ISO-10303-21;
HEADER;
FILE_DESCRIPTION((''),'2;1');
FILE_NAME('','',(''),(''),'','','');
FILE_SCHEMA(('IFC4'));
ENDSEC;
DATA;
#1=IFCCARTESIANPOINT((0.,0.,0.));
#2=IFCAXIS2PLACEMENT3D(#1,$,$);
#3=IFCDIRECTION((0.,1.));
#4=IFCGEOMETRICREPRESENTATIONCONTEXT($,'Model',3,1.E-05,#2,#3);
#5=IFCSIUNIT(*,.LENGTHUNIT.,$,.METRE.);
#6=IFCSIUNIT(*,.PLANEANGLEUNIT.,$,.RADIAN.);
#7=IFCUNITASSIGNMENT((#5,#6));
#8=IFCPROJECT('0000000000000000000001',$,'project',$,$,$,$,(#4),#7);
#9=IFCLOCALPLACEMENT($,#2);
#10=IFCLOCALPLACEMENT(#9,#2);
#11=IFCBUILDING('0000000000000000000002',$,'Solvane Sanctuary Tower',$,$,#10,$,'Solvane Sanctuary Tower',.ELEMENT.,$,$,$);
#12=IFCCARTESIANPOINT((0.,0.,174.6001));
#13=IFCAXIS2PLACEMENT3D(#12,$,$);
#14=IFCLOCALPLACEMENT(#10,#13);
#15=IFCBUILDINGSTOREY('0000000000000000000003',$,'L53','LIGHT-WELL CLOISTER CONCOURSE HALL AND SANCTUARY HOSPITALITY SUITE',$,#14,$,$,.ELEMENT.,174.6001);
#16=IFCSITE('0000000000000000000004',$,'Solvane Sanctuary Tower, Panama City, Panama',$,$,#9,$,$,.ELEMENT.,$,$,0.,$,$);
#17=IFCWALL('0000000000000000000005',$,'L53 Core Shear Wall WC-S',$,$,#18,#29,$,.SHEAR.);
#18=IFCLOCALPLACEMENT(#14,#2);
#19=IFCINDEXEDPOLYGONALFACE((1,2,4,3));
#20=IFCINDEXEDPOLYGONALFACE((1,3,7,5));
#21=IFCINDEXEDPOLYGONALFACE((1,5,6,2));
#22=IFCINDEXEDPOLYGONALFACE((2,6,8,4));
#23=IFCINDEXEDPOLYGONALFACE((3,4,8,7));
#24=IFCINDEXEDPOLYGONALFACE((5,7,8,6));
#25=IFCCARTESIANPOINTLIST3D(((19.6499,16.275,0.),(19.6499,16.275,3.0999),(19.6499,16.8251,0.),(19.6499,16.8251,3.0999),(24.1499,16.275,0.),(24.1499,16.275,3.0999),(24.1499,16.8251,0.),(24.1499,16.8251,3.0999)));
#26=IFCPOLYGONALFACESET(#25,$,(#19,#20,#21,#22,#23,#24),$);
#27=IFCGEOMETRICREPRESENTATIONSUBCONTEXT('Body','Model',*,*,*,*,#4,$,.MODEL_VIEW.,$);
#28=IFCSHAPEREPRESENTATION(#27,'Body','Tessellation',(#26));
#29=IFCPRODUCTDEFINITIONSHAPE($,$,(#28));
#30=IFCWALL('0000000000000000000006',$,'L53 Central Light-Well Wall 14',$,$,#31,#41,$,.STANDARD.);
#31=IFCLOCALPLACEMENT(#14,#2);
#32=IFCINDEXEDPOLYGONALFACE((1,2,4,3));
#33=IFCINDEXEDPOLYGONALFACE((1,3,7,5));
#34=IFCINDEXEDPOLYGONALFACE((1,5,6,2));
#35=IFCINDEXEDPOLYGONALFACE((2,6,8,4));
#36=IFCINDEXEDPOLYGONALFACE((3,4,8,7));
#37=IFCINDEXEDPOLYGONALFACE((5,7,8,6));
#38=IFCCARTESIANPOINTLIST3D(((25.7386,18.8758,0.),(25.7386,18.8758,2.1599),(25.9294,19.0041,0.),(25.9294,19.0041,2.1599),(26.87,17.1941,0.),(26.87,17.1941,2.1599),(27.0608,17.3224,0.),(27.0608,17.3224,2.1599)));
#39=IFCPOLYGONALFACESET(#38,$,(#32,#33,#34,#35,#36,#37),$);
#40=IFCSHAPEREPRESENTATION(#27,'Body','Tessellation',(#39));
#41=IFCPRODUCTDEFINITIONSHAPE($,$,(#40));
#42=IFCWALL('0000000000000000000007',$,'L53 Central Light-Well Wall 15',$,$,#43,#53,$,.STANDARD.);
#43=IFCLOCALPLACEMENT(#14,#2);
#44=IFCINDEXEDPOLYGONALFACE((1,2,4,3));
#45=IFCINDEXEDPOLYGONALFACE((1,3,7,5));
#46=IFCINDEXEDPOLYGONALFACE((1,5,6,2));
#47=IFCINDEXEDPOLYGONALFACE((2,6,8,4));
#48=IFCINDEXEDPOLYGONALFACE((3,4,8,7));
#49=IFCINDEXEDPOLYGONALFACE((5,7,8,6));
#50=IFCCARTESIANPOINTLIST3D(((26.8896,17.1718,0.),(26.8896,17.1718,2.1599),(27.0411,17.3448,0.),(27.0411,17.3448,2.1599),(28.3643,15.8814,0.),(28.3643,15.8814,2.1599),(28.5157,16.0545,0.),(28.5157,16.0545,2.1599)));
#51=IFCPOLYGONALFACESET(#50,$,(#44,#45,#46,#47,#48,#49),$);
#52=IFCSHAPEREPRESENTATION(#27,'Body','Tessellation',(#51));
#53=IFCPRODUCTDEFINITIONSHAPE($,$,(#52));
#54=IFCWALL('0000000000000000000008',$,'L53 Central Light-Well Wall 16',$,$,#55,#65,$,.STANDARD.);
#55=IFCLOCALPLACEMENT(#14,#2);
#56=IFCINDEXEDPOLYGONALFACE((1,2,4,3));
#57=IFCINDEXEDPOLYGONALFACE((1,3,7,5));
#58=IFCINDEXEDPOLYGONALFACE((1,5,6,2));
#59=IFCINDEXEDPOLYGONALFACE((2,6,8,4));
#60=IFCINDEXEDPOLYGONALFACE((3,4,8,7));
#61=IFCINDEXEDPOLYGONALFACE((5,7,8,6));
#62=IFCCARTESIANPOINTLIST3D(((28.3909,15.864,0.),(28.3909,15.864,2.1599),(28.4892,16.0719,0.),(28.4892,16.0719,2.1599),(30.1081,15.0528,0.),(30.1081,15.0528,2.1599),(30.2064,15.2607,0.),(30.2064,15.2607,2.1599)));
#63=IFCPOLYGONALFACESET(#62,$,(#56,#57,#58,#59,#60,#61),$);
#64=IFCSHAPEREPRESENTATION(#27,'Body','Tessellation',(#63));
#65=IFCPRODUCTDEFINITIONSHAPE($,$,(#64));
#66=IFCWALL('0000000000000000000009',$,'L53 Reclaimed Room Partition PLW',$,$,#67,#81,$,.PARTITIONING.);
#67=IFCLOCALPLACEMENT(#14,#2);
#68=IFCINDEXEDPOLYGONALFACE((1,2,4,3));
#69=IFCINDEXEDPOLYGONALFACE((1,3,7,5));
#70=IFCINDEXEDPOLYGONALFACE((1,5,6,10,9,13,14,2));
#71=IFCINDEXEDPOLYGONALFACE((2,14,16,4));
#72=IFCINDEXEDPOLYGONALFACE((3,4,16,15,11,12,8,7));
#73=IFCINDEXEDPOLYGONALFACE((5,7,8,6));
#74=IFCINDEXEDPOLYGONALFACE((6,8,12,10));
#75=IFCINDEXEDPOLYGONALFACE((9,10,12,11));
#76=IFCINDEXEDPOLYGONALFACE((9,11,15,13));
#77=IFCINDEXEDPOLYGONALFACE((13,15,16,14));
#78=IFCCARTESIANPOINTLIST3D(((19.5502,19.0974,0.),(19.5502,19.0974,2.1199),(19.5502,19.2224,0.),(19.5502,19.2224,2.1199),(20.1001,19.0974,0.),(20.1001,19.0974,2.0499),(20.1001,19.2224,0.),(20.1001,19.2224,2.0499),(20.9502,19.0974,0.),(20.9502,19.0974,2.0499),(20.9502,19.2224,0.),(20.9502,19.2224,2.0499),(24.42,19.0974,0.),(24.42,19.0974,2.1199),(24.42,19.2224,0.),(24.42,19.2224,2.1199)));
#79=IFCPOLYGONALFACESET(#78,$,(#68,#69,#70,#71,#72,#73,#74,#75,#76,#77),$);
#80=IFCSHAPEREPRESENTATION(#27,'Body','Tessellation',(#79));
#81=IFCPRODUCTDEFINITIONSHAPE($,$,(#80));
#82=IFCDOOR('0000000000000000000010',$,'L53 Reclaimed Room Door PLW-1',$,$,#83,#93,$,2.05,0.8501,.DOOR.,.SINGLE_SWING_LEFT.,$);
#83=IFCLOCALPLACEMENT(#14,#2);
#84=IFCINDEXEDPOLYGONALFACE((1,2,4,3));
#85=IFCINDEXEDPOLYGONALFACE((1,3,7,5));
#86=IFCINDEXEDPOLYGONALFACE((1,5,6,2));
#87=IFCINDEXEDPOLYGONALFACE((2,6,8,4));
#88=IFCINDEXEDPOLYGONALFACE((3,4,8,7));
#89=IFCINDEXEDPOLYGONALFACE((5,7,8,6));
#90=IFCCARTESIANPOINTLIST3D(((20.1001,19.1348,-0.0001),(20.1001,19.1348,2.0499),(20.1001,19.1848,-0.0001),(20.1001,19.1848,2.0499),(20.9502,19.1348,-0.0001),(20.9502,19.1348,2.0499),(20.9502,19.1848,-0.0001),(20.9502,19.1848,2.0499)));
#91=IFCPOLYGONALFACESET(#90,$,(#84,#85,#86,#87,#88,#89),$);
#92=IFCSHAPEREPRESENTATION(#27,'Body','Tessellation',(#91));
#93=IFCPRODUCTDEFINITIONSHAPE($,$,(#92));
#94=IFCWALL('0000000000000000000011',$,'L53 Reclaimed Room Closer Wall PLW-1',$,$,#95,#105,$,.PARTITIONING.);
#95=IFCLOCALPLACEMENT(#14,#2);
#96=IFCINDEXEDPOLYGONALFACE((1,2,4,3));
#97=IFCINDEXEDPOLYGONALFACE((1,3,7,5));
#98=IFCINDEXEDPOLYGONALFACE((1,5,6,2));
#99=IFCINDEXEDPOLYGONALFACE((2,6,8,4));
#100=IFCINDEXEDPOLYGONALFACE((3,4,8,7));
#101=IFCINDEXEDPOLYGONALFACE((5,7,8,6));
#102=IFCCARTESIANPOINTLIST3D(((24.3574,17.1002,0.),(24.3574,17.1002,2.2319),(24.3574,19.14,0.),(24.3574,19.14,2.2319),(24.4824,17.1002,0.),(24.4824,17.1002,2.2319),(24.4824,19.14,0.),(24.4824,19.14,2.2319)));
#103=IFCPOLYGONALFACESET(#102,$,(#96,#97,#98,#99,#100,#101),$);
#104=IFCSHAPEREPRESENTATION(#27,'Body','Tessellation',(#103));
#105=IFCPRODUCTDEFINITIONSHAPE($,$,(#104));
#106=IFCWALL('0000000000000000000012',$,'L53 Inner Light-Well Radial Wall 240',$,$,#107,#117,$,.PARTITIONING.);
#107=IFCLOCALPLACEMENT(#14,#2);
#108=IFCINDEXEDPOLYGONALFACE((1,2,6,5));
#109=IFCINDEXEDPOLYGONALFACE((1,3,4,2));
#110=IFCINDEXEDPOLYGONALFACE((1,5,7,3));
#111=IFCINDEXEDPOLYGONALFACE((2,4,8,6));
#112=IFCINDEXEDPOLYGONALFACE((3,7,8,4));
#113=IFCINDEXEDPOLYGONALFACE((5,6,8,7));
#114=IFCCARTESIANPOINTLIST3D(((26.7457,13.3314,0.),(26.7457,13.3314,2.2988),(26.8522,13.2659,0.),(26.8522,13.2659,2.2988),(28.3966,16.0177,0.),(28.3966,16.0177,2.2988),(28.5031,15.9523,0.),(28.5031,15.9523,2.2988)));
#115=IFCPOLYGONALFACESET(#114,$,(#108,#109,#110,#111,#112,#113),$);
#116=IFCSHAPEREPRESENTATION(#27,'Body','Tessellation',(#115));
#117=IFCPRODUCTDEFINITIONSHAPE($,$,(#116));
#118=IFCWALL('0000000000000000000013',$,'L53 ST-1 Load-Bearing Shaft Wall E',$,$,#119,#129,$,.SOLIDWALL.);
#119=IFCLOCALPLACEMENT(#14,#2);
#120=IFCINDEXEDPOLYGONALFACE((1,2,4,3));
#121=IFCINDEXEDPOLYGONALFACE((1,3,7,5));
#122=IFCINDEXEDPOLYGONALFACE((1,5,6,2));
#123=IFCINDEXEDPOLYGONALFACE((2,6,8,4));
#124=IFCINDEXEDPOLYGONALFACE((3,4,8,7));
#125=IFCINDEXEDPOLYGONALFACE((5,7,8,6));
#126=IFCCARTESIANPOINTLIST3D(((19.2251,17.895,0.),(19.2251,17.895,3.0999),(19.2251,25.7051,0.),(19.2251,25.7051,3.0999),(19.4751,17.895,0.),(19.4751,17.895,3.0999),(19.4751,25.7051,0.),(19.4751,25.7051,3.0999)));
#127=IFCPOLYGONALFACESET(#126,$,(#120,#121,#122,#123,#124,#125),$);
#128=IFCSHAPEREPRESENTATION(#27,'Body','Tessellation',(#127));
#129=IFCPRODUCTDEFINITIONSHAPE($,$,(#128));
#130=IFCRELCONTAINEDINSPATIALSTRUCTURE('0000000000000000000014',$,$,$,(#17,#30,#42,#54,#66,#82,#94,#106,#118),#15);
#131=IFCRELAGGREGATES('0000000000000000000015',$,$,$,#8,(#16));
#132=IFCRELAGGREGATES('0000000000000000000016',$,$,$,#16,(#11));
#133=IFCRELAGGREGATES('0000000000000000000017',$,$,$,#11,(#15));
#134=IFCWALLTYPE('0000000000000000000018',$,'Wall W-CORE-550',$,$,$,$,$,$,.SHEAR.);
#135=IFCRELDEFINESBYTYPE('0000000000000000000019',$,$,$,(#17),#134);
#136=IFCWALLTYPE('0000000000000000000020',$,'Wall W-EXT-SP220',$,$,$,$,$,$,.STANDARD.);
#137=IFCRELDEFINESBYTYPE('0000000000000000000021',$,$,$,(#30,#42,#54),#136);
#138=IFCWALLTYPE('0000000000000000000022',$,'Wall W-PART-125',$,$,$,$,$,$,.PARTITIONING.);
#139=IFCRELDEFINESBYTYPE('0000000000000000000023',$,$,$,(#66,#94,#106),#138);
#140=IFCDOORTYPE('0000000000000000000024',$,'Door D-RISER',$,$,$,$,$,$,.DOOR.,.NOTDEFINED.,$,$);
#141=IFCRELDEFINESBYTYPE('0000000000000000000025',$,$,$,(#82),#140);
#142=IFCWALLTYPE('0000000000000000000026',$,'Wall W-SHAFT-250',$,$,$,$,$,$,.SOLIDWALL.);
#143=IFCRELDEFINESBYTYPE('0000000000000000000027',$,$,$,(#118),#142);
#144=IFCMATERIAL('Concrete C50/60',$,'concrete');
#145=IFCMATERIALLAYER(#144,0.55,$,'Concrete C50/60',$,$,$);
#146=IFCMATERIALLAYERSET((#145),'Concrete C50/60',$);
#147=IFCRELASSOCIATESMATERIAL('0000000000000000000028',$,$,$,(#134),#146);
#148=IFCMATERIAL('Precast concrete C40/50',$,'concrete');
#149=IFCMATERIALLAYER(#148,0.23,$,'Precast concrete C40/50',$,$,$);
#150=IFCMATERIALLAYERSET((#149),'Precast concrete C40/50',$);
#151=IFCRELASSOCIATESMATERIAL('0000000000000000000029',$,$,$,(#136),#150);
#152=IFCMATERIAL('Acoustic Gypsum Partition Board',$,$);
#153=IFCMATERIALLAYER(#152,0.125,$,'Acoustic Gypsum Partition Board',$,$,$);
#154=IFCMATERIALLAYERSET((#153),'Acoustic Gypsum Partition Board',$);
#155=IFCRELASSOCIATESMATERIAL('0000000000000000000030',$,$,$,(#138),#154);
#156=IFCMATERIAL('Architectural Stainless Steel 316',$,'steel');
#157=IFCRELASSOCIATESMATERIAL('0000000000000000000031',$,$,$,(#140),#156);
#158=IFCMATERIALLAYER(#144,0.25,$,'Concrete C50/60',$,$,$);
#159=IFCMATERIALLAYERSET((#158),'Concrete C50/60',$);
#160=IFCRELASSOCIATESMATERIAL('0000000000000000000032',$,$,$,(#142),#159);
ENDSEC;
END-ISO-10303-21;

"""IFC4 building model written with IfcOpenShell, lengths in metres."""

from ifc_helpers import new_model, si_unit, direction, frame, frame_2d, origin, place, context, subcontext, project, spatial, rectangle, extrude, material, layer, layer_set, type_object, element, fill, save


model = new_model("IFC4")

# Units and contexts
model_context = context("Model", 3, precision=1e-05, world=origin(), true_north=direction((0.0, 1.0)))
body_context = subcontext(model_context, "Body", "Model", "MODEL_VIEW")
ifc_project = project(units=[si_unit("LENGTHUNIT", "METRE"), si_unit("PLANEANGLEUNIT", "RADIAN")], contexts=[model_context])

# Site, building, storey
site_placement = place(None, origin())
site = spatial("IfcSite", under=ifc_project, at=site_placement, Name="Solvane Sanctuary Tower, Panama City, Panama", CompositionType="ELEMENT", RefElevation=0.0)
building_placement = place(site_placement, origin())
building = spatial("IfcBuilding", under=site, at=building_placement, Name="Solvane Sanctuary Tower", LongName="Solvane Sanctuary Tower", CompositionType="ELEMENT")
storey_placement = place(building_placement, frame((0.0, 0.0, 174.6001)))
storey = spatial("IfcBuildingStorey", under=building, at=storey_placement, Name="L53", Description="LIGHT-WELL CLOISTER CONCOURSE HALL AND SANCTUARY HOSPITALITY SUITE", CompositionType="ELEMENT", Elevation=174.6001)

# Shared definitions
ifc_material_1 = material(Name="Concrete C50/60", Category="concrete")

# Walls
ifc_layer_1 = layer(ifc_material_1, 0.55, Name="Concrete C50/60")
ifc_layer_set_1 = layer_set([ifc_layer_1], Name="Concrete C50/60")
wall_type_1 = type_object("IfcWallType", Name="Wall W-CORE-550", PredefinedType="SHEAR", material=ifc_layer_set_1)
wall_1_placement = place(storey_placement, frame((19.6499, 16.55, 0.0), z_axis=(0.0, 0.0, 1.0), x_axis=(1.0, 0.0, 0.0)))
element("IfcWall", 1, at=wall_1_placement, inside=storey, type_object=wall_type_1, Name="L53 Core Shear Wall WC-S", PredefinedType="SHEAR", context=body_context, shape_type="SweptSolid", body=[
    extrude(rectangle(XDim=4.5, YDim=0.55, at=frame_2d((2.25, 0.0))), origin(), (0.0, 0.0, 1.0), 3.0999),
])
ifc_material_2 = material(Name="Precast concrete C40/50", Category="concrete")
ifc_layer_2 = layer(ifc_material_2, 0.23, Name="Precast concrete C40/50")
ifc_layer_set_2 = layer_set([ifc_layer_2], Name="Precast concrete C40/50")
wall_type_2 = type_object("IfcWallType", Name="Wall W-EXT-SP220", PredefinedType="STANDARD", material=ifc_layer_set_2)
wall_2_placement = place(storey_placement, frame((25.834, 18.9399, 0.0), z_axis=(0.0, 0.0, 1.0), x_axis=(0.558198, -0.829708, 0.0)))
element("IfcWall", 2, at=wall_2_placement, inside=storey, type_object=wall_type_2, Name="L53 Central Light-Well Wall 14", PredefinedType="STANDARD", context=body_context, shape_type="SweptSolid", body=[
    extrude(rectangle(XDim=2.0269, YDim=0.23, at=frame_2d((1.0134, 0.0))), origin(), (0.0, 0.0, 1.0), 2.1599),
])
wall_3_placement = place(storey_placement, frame((26.9653, 17.2583, 0.0), z_axis=(0.0, 0.0, 1.0), x_axis=(0.752577, -0.658505, 0.0)))
element("IfcWall", 3, at=wall_3_placement, inside=storey, type_object=wall_type_2, Name="L53 Central Light-Well Wall 15", PredefinedType="STANDARD", context=body_context, shape_type="SweptSolid", body=[
    extrude(rectangle(XDim=1.9595, YDim=0.23, at=frame_2d((0.9797, 0.0))), origin(), (0.0, 0.0, 1.0), 2.1599),
])
wall_4_placement = place(storey_placement, frame((28.4399, 15.968, 0.0), z_axis=(0.0, 0.0, 1.0), x_axis=(0.90418, -0.427152, 0.0)))
element("IfcWall", 4, at=wall_4_placement, inside=storey, type_object=wall_type_2, Name="L53 Central Light-Well Wall 16", PredefinedType="STANDARD", context=body_context, shape_type="SweptSolid", body=[
    extrude(rectangle(XDim=1.8992, YDim=0.23, at=frame_2d((0.9497, 0.0))), origin(), (0.0, 0.0, 1.0), 2.1599),
])

# Wall, opening, door
ifc_material_3 = material(Name="Acoustic Gypsum Partition Board")
ifc_layer_3 = layer(ifc_material_3, 0.125, Name="Acoustic Gypsum Partition Board")
ifc_layer_set_3 = layer_set([ifc_layer_3], Name="Acoustic Gypsum Partition Board")
wall_type_3 = type_object("IfcWallType", Name="Wall W-PART-125", PredefinedType="PARTITIONING", material=ifc_layer_set_3)
wall_5_placement = place(storey_placement, frame((19.55, 19.1599, 0.0), z_axis=(0.0, 0.0, 1.0), x_axis=(1.0, 0.0, 0.0)))
wall_5 = element("IfcWall", 5, at=wall_5_placement, inside=storey, type_object=wall_type_3, Name="L53 Reclaimed Room Partition PLW", PredefinedType="PARTITIONING", context=body_context, shape_type="SweptSolid", body=[
    extrude(rectangle(XDim=4.8699, YDim=0.125, at=frame_2d((2.4351, 0.0))), origin(), (0.0, 0.0, 1.0), 2.1199),
])
opening_placement = place(wall_5_placement, frame((0.55, 0.0, 0.0)))
opening = element("IfcOpeningElement", 6, at=opening_placement, cuts=wall_5, PredefinedType="OPENING", context=body_context, shape_type="SweptSolid", body=[
    extrude(rectangle(XDim=0.8501, YDim=2.05, at=frame_2d((0.425, 1.0249))), frame((0.0, 0.0725, 0.0), z_axis=(0.0, -1.0, 0.0), x_axis=(1.0, 0.0, 0.0)), (0.0, 0.0, 1.0), 0.145),
])
ifc_material_4 = material(Name="Architectural Stainless Steel 316", Category="steel")
door_type = type_object("IfcDoorType", Name="Door D-RISER", OperationType="NOTDEFINED", PredefinedType="DOOR", material=ifc_material_4)
door_placement = place(opening_placement, origin())
door = element("IfcDoor", 7, at=door_placement, inside=storey, type_object=door_type, Name="L53 Reclaimed Room Door PLW-1", OperationType="SINGLE_SWING_LEFT", OverallHeight=2.05, OverallWidth=0.8501, PredefinedType="DOOR", context=body_context, shape_type="SweptSolid", body=[
    extrude(rectangle(XDim=0.8501, YDim=2.05, at=frame_2d((0.425, 1.0249))), frame((0.0, 0.0249, 0.0), z_axis=(0.0, -1.0, 0.0), x_axis=(1.0, 0.0, 0.0)), (0.0, 0.0, 1.0), 0.05),
])
fill(opening, door)

# Walls
wall_6_placement = place(storey_placement, frame((24.4199, 17.1001, 0.0), z_axis=(0.0, 0.0, 1.0), x_axis=(0.0, 1.0, 0.0)))
element("IfcWall", 8, at=wall_6_placement, inside=storey, type_object=wall_type_3, Name="L53 Reclaimed Room Closer Wall PLW-1", PredefinedType="PARTITIONING", context=body_context, shape_type="SweptSolid", body=[
    extrude(rectangle(XDim=2.0398, YDim=0.125, at=frame_2d((1.02, 0.0))), origin(), (0.0, 0.0, 1.0), 2.2319),
])
wall_7_placement = place(storey_placement, frame((28.45, 15.9851, 0.0), z_axis=(0.0, 0.0, 1.0), x_axis=(-0.523588, -0.851972, 0.0)))
element("IfcWall", 9, at=wall_7_placement, inside=storey, type_object=wall_type_3, Name="L53 Inner Light-Well Radial Wall 240", PredefinedType="PARTITIONING", context=body_context, shape_type="SweptSolid", body=[
    extrude(rectangle(XDim=3.1531, YDim=0.125, at=frame_2d((1.5767, 0.0))), origin(), (0.0, 0.0, 1.0), 2.2988),
])
ifc_layer_4 = layer(ifc_material_1, 0.25, Name="Concrete C50/60")
ifc_layer_set_4 = layer_set([ifc_layer_4], Name="Concrete C50/60")
wall_type_4 = type_object("IfcWallType", Name="Wall W-SHAFT-250", PredefinedType="SOLIDWALL", material=ifc_layer_set_4)
wall_8_placement = place(storey_placement, frame((19.3501, 17.895, 0.0), z_axis=(0.0, 0.0, 1.0), x_axis=(0.0, 1.0, 0.0)))
element("IfcWall", 10, at=wall_8_placement, inside=storey, type_object=wall_type_4, Name="L53 ST-1 Load-Bearing Shaft Wall E", PredefinedType="SOLIDWALL", context=body_context, shape_type="SweptSolid", body=[
    extrude(rectangle(XDim=7.8101, YDim=0.25, at=frame_2d((3.905, 0.0))), origin(), (0.0, 0.0, 1.0), 3.0999),
])

save(model, "model.ifc")
